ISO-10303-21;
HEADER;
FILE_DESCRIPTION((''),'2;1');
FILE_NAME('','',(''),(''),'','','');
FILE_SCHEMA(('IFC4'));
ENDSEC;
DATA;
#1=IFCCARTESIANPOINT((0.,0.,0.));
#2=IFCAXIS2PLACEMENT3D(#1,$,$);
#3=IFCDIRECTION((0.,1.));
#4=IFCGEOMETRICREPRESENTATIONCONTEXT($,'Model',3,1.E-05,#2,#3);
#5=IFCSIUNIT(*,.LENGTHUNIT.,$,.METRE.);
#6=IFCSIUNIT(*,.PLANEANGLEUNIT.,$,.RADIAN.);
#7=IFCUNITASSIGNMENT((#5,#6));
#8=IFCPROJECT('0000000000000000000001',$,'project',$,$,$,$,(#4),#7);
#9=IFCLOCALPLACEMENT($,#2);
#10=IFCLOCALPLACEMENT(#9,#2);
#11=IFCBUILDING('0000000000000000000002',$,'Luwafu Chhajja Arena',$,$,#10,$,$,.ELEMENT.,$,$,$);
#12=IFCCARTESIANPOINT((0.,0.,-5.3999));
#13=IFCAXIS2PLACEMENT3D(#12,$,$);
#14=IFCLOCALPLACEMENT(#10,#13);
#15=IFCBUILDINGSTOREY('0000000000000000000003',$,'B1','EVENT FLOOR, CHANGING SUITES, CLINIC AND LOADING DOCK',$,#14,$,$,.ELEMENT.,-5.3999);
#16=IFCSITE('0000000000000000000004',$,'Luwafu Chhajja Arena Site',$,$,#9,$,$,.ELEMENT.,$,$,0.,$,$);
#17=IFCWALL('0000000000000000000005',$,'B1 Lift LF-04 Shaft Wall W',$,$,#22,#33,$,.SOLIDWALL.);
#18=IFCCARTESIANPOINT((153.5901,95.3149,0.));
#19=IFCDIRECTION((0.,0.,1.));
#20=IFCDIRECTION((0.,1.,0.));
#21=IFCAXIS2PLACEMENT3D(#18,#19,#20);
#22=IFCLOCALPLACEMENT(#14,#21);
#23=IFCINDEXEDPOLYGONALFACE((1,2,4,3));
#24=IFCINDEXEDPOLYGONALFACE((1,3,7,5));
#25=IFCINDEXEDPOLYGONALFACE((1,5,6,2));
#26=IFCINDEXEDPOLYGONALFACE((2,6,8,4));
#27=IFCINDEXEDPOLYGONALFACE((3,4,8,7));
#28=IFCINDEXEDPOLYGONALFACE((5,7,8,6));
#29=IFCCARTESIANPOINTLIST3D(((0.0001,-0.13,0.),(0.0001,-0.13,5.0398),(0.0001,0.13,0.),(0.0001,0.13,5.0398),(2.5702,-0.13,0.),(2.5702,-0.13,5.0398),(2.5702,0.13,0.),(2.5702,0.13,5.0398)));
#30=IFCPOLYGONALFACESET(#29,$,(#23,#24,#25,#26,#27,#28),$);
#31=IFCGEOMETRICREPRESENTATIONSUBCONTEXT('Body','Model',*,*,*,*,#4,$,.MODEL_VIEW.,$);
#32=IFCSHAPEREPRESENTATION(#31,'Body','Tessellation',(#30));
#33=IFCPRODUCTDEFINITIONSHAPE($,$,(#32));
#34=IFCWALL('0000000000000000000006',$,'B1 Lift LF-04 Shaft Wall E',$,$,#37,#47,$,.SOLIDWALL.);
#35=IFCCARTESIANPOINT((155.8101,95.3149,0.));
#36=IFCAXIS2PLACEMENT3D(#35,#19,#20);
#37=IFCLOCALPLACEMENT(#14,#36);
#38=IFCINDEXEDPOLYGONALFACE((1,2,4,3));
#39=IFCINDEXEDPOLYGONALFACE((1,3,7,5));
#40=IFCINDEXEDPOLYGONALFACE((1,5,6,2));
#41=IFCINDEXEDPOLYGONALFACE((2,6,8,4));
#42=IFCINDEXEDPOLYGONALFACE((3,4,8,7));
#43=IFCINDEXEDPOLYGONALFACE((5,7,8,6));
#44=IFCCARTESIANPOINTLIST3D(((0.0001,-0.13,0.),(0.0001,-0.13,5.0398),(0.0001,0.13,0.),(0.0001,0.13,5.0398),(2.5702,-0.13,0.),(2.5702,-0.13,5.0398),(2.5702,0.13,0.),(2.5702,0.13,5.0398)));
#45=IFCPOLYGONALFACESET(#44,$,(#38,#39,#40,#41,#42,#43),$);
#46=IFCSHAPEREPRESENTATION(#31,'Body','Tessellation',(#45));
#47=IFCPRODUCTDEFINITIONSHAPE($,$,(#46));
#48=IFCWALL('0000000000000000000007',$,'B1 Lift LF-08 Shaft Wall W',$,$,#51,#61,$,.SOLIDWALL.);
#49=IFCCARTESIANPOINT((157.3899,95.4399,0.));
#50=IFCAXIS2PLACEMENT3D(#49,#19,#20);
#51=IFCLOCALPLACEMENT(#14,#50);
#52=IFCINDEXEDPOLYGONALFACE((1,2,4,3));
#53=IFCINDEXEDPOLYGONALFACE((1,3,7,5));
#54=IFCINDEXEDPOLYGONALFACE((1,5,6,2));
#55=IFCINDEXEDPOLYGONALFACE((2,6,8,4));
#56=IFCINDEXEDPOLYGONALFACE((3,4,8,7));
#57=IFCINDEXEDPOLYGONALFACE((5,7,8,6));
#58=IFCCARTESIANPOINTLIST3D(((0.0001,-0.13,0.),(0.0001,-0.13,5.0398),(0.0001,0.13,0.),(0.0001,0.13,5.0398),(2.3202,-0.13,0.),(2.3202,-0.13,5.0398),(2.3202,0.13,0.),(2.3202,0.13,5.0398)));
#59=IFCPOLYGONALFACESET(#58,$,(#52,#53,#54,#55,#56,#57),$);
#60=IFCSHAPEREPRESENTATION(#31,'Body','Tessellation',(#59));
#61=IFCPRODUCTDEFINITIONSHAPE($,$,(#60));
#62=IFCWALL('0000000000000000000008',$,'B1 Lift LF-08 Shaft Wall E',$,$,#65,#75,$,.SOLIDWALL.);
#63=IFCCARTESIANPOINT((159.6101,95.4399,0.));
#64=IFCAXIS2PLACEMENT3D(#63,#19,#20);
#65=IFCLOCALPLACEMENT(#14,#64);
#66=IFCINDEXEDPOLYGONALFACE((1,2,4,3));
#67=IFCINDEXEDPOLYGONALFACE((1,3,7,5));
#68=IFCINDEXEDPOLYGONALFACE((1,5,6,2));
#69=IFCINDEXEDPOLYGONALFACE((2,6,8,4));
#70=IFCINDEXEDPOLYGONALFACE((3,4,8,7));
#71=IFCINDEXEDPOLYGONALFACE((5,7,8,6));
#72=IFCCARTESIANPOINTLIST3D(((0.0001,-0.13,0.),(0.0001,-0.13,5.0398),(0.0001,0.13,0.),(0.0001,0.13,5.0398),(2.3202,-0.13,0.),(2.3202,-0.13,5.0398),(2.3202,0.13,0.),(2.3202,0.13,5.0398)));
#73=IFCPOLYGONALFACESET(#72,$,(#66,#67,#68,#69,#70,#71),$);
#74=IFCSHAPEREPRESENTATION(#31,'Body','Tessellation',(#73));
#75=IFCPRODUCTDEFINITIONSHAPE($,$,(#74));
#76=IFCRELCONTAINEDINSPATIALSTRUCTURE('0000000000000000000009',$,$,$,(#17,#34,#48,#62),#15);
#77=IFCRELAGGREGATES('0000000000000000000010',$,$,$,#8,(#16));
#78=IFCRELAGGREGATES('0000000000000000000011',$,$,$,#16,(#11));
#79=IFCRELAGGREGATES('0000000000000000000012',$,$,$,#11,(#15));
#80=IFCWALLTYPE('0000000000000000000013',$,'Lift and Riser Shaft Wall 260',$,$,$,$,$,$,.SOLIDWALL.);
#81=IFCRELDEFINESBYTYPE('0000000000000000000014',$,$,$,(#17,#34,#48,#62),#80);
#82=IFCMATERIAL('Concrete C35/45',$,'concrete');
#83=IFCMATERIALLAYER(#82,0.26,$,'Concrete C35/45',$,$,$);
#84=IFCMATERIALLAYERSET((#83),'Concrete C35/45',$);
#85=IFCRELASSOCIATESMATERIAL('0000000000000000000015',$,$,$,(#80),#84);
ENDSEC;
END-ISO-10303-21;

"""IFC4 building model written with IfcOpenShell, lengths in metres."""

from ifc_helpers import new_model, si_unit, direction, frame, frame_2d, origin, place, context, subcontext, project, spatial, rectangle, extrude, material, layer, layer_set, type_object, element, save


model = new_model("IFC4")

# Units and contexts
model_context = context("Model", 3, precision=1e-05, world=origin(), true_north=direction((0.0, 1.0)))
body_context = subcontext(model_context, "Body", "Model", "MODEL_VIEW")
ifc_project = project(units=[si_unit("LENGTHUNIT", "METRE"), si_unit("PLANEANGLEUNIT", "RADIAN")], contexts=[model_context])

# Site, building, storey
site_placement = place(None, origin())
site = spatial("IfcSite", under=ifc_project, at=site_placement, Name="Luwafu Chhajja Arena Site", CompositionType="ELEMENT", RefElevation=0.0)
building_placement = place(site_placement, origin())
building = spatial("IfcBuilding", under=site, at=building_placement, Name="Luwafu Chhajja Arena", CompositionType="ELEMENT")
storey_placement = place(building_placement, frame((0.0, 0.0, -5.3999)))
storey = spatial("IfcBuildingStorey", under=building, at=storey_placement, Name="B1", Description="EVENT FLOOR, CHANGING SUITES, CLINIC AND LOADING DOCK", CompositionType="ELEMENT", Elevation=-5.3999)

# Shared definitions
ifc_material_1 = material(Name="Concrete C35/45", Category="concrete")

# Shared definitions
ifc_layer_1 = layer(ifc_material_1, 0.26, Name="Concrete C35/45")
ifc_layer_set_1 = layer_set([ifc_layer_1], Name="Concrete C35/45")
wall_type_1 = type_object("IfcWallType", Name="Lift and Riser Shaft Wall 260", PredefinedType="SOLIDWALL", material=ifc_layer_set_1)

# Walls
for number, where, z_axis, x_axis, name in (
    (1, (153.5901, 95.3149, 0.0), (0.0, 0.0, 1.0), (0.0, 1.0, 0.0), "B1 Lift LF-04 Shaft Wall W"),
    (2, (155.8101, 95.3149, 0.0), (0.0, 0.0, 1.0), (0.0, 1.0, 0.0), "B1 Lift LF-04 Shaft Wall E"),
):
    element("IfcWall", number, at=place(storey_placement, frame(where, z_axis=z_axis, x_axis=x_axis)), inside=storey, type_object=wall_type_1, Name=name, PredefinedType="SOLIDWALL", context=body_context, shape_type="SweptSolid", body=[
        extrude(rectangle(XDim=2.5701, YDim=0.26, at=frame_2d((1.2852, 0.0))), origin(), (0.0, 0.0, 1.0), 5.0398),
    ])

# Walls
for number, where, z_axis, x_axis, name in (
    (3, (157.3899, 95.4399, 0.0), (0.0, 0.0, 1.0), (0.0, 1.0, 0.0), "B1 Lift LF-08 Shaft Wall W"),
    (4, (159.6101, 95.4399, 0.0), (0.0, 0.0, 1.0), (0.0, 1.0, 0.0), "B1 Lift LF-08 Shaft Wall E"),
):
    element("IfcWall", number, at=place(storey_placement, frame(where, z_axis=z_axis, x_axis=x_axis)), inside=storey, type_object=wall_type_1, Name=name, PredefinedType="SOLIDWALL", context=body_context, shape_type="SweptSolid", body=[
        extrude(rectangle(XDim=2.3201, YDim=0.26, at=frame_2d((1.1602, 0.0))), origin(), (0.0, 0.0, 1.0), 5.0398),
    ])

save(model, "model.ifc")
